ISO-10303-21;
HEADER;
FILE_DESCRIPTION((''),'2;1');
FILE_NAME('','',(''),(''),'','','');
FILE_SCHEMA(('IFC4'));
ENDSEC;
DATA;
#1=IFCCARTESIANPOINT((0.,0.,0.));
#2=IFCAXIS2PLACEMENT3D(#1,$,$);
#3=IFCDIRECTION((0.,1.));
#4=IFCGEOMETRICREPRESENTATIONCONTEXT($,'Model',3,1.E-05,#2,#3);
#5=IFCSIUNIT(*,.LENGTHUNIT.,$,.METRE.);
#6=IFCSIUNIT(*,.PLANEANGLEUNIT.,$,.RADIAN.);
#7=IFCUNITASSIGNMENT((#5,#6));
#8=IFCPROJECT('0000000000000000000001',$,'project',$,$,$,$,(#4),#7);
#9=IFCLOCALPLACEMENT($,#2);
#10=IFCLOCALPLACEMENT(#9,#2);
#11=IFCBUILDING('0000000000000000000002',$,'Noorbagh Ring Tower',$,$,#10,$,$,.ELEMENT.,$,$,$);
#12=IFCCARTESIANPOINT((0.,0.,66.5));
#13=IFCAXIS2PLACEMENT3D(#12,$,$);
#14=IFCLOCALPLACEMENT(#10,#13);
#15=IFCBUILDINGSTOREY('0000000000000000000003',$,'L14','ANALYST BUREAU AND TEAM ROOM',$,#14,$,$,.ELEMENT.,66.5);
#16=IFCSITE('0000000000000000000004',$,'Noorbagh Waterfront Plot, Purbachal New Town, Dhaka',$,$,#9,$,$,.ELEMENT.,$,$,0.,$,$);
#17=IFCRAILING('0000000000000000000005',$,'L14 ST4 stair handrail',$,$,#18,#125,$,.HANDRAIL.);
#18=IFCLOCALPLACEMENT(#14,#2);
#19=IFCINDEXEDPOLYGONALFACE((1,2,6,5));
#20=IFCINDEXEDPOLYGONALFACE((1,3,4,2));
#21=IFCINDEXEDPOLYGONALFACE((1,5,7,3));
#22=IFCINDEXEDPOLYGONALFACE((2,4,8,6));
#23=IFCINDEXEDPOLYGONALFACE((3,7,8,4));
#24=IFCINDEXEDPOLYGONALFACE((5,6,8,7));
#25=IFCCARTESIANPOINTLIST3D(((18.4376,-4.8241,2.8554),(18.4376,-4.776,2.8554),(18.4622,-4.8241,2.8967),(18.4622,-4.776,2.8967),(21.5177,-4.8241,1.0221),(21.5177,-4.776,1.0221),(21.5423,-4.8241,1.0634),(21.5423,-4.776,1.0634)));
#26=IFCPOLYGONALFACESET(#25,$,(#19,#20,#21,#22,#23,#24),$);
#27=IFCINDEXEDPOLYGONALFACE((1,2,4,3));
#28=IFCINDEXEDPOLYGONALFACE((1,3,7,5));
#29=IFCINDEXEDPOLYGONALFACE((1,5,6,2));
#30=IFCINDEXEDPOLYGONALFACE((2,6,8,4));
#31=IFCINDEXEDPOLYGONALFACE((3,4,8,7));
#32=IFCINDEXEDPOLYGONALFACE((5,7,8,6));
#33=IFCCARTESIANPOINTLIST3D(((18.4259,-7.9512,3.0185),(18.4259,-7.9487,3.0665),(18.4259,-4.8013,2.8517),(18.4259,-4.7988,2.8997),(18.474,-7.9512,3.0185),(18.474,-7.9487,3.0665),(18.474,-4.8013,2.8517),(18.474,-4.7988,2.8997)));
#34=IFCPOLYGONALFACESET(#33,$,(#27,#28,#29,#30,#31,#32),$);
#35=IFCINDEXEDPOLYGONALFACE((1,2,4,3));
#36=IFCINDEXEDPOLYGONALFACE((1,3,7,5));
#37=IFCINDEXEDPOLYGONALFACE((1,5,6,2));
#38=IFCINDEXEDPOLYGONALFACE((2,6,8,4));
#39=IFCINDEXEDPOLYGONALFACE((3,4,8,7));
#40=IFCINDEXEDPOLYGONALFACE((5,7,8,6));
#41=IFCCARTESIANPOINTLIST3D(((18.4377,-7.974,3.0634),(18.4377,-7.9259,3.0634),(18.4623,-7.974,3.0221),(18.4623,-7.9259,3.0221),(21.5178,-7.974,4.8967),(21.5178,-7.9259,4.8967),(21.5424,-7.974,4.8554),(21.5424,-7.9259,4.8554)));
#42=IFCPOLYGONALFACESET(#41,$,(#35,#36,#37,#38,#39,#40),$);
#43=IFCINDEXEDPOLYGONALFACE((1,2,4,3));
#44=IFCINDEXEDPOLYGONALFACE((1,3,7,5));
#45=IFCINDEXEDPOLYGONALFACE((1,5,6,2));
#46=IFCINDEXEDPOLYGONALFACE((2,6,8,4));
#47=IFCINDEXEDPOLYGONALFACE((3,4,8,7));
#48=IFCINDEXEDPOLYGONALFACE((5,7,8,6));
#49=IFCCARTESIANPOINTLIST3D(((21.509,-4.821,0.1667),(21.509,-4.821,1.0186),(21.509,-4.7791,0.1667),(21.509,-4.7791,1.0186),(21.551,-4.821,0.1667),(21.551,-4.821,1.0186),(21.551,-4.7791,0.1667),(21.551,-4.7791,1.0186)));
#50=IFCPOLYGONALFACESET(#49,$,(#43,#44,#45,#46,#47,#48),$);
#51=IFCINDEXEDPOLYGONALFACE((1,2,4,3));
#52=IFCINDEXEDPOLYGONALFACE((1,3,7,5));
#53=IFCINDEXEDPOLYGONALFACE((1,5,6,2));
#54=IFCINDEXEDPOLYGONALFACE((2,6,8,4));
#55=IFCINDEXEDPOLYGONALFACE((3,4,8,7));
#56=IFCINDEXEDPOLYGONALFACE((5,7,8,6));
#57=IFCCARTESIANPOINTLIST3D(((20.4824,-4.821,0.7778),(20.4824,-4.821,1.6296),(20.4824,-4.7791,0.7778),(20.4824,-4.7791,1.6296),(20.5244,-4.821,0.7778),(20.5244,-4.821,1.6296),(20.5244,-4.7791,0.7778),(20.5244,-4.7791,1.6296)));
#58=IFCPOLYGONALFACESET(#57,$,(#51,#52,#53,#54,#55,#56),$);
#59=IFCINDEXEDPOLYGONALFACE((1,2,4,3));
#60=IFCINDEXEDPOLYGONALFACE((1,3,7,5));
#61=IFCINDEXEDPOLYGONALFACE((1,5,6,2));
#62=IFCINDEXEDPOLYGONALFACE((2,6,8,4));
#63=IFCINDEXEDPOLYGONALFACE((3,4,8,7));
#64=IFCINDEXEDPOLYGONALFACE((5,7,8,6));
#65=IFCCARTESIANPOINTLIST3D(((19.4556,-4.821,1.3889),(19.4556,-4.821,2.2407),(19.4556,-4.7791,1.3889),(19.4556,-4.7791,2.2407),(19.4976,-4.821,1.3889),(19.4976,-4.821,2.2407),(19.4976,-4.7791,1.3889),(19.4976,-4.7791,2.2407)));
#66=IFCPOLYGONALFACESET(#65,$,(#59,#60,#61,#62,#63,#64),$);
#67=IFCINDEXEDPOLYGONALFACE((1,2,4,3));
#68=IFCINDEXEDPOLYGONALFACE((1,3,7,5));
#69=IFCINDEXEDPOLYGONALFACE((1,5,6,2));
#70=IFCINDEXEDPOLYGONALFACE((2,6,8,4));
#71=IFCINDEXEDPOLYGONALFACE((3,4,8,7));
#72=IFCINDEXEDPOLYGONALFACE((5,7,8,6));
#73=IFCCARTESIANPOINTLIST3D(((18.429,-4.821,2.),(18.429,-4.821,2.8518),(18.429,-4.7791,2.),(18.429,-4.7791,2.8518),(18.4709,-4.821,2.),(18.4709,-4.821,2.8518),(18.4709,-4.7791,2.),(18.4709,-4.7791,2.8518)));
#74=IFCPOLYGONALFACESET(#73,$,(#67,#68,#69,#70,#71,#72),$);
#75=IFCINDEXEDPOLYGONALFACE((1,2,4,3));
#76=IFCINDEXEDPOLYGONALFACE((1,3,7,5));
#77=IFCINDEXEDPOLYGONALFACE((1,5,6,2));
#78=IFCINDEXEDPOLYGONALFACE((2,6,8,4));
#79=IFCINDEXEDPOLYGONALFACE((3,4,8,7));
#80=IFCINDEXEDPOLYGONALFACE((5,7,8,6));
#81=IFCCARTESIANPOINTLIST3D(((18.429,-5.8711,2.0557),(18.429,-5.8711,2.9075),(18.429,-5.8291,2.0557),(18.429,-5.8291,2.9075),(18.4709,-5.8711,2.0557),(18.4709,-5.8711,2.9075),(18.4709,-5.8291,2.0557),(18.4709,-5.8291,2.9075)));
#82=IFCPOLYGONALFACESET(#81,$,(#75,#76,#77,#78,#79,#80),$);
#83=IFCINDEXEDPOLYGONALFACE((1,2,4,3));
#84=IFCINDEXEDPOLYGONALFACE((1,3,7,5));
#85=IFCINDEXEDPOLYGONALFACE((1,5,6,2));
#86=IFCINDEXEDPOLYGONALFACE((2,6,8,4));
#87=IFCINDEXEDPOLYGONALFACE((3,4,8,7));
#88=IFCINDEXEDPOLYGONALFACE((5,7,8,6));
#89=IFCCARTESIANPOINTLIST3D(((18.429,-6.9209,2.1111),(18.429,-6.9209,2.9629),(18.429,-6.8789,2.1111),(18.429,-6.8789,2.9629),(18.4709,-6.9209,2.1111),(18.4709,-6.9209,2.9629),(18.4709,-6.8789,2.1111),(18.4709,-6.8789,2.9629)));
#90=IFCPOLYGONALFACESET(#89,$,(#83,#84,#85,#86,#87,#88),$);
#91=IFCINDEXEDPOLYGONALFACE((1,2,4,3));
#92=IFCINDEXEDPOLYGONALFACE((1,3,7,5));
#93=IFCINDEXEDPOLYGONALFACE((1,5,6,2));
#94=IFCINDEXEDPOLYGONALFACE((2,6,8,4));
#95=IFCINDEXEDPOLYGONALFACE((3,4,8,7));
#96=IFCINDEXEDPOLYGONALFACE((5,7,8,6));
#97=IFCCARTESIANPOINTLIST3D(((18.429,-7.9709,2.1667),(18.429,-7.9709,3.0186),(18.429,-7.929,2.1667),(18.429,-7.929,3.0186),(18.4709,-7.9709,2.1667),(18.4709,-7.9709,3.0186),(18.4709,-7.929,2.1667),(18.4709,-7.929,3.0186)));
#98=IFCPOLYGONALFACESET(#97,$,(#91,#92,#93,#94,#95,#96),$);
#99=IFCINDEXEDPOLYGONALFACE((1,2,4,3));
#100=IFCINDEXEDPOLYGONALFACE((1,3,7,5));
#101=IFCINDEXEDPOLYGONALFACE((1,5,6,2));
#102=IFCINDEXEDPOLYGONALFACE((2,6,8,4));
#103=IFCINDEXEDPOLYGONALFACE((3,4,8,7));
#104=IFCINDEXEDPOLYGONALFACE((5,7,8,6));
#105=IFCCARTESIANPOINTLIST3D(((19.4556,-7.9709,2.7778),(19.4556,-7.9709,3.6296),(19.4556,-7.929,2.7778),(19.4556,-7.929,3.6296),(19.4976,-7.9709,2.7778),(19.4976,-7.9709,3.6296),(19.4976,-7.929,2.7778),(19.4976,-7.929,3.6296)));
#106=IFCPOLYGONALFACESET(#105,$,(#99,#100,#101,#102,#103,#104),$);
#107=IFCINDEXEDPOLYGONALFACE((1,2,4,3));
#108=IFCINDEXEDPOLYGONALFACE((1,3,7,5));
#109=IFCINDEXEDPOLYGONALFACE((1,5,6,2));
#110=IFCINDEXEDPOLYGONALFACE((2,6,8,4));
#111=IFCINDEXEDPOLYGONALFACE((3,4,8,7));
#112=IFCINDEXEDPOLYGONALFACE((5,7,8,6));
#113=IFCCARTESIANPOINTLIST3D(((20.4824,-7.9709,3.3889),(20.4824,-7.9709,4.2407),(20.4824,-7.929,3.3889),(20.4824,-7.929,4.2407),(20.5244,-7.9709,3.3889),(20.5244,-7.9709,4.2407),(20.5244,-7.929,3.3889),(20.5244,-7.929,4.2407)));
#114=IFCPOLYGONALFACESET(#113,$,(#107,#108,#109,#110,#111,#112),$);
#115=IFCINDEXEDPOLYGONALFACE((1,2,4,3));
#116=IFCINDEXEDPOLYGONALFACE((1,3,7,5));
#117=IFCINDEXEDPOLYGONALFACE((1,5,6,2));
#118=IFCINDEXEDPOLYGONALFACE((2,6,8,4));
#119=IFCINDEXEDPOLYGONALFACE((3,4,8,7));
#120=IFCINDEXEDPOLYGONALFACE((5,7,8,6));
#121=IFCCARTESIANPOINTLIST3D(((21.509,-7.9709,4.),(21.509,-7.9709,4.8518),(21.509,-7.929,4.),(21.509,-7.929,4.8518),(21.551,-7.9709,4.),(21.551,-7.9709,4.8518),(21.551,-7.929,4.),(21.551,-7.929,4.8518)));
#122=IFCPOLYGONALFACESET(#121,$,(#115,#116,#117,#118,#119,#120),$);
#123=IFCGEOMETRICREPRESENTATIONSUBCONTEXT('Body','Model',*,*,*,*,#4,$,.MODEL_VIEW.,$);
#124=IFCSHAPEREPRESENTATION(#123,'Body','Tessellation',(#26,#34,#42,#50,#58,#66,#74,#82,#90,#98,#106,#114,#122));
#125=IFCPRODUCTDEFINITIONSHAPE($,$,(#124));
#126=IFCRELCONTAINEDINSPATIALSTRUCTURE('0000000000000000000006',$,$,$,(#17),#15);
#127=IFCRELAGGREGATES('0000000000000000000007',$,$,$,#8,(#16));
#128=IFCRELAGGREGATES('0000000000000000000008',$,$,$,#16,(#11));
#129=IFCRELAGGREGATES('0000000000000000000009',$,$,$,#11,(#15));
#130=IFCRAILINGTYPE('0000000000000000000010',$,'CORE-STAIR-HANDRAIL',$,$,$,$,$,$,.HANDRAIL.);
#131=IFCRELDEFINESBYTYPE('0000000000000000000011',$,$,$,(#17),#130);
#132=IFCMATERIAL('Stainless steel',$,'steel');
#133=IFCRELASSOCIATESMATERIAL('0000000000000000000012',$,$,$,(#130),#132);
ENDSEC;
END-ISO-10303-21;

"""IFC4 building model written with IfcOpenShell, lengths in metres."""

from ifc_helpers import new_model, si_unit, direction, frame, origin, origin_2d, place, context, subcontext, project, spatial, rectangle, extrude, material, type_object, element, save


model = new_model("IFC4")

# Units and contexts
model_context = context("Model", 3, precision=1e-05, world=origin(), true_north=direction((0.0, 1.0)))
body_context = subcontext(model_context, "Body", "Model", "MODEL_VIEW")
ifc_project = project(units=[si_unit("LENGTHUNIT", "METRE"), si_unit("PLANEANGLEUNIT", "RADIAN")], contexts=[model_context])

# Site, building, storey
site_placement = place(None, origin())
site = spatial("IfcSite", under=ifc_project, at=site_placement, Name="Noorbagh Waterfront Plot, Purbachal New Town, Dhaka", CompositionType="ELEMENT", RefElevation=0.0)
building_placement = place(site_placement, origin())
building = spatial("IfcBuilding", under=site, at=building_placement, Name="Noorbagh Ring Tower", CompositionType="ELEMENT")
storey_placement = place(building_placement, frame((0.0, 0.0, 66.5)))
storey = spatial("IfcBuildingStorey", under=building, at=storey_placement, Name="L14", Description="ANALYST BUREAU AND TEAM ROOM", CompositionType="ELEMENT", Elevation=66.5)

# Railing
ifc_material_1 = material(Name="Stainless steel", Category="steel")
railing_type_1 = type_object("IfcRailingType", Name="CORE-STAIR-HANDRAIL", PredefinedType="HANDRAIL", material=ifc_material_1)
railing_1_placement = place(storey_placement, frame((21.53, -4.8, 0.1667)))
element("IfcRailing", 1, at=railing_1_placement, inside=storey, type_object=railing_type_1, Name="L14 ST4 stair handrail", PredefinedType="HANDRAIL", context=body_context, shape_type="SweptSolid", body=[
    extrude(rectangle(XDim=0.0481, YDim=0.0481, at=origin_2d()), frame((0.0, 0.0, 0.876), z_axis=(-0.859309, 0.0, 0.511458), x_axis=(0.0, -1.0, 0.0)), (0.0, 0.0, 1.0), 3.5845),
    extrude(rectangle(XDim=0.0481, YDim=0.0481, at=origin_2d()), frame((-3.0801, 0.0, 2.709), z_axis=(0.0, -0.998602, 0.052864), x_axis=(1.0, 0.0, 0.0)), (0.0, 0.0, 1.0), 3.1543),
    extrude(rectangle(XDim=0.0481, YDim=0.0481, at=origin_2d()), frame((-3.0801, -3.1499, 2.876), z_axis=(0.859309, 0.0, 0.511458), x_axis=(0.0, 1.0, 0.0)), (0.0, 0.0, 1.0), 3.5845),
    extrude(rectangle(XDim=0.042, YDim=0.042, at=origin_2d()), origin(), (0.0, 0.0, 1.0), 0.8518),
    extrude(rectangle(XDim=0.042, YDim=0.042, at=origin_2d()), frame((-1.0266, 0.0, 0.6111)), (0.0, 0.0, 1.0), 0.8518),
    extrude(rectangle(XDim=0.042, YDim=0.042, at=origin_2d()), frame((-2.0535, 0.0, 1.2222)), (0.0, 0.0, 1.0), 0.8518),
    extrude(rectangle(XDim=0.042, YDim=0.042, at=origin_2d()), frame((-3.0801, 0.0, 1.8333)), (0.0, 0.0, 1.0), 0.8518),
    extrude(rectangle(XDim=0.042, YDim=0.042, at=origin_2d()), frame((-3.0801, -1.05, 1.8889)), (0.0, 0.0, 1.0), 0.8518),
    extrude(rectangle(XDim=0.042, YDim=0.042, at=origin_2d()), frame((-3.0801, -2.0999, 1.9443)), (0.0, 0.0, 1.0), 0.8518),
    extrude(rectangle(XDim=0.042, YDim=0.042, at=origin_2d()), frame((-3.0801, -3.1499, 2.0)), (0.0, 0.0, 1.0), 0.8518),
    extrude(rectangle(XDim=0.042, YDim=0.042, at=origin_2d()), frame((-2.0535, -3.1499, 2.6111)), (0.0, 0.0, 1.0), 0.8518),
    extrude(rectangle(XDim=0.042, YDim=0.042, at=origin_2d()), frame((-1.0266, -3.1499, 3.2222)), (0.0, 0.0, 1.0), 0.8518),
    extrude(rectangle(XDim=0.042, YDim=0.042, at=origin_2d()), frame((0.0, -3.1499, 3.8333)), (0.0, 0.0, 1.0), 0.8518),
])

save(model, "model.ifc")
